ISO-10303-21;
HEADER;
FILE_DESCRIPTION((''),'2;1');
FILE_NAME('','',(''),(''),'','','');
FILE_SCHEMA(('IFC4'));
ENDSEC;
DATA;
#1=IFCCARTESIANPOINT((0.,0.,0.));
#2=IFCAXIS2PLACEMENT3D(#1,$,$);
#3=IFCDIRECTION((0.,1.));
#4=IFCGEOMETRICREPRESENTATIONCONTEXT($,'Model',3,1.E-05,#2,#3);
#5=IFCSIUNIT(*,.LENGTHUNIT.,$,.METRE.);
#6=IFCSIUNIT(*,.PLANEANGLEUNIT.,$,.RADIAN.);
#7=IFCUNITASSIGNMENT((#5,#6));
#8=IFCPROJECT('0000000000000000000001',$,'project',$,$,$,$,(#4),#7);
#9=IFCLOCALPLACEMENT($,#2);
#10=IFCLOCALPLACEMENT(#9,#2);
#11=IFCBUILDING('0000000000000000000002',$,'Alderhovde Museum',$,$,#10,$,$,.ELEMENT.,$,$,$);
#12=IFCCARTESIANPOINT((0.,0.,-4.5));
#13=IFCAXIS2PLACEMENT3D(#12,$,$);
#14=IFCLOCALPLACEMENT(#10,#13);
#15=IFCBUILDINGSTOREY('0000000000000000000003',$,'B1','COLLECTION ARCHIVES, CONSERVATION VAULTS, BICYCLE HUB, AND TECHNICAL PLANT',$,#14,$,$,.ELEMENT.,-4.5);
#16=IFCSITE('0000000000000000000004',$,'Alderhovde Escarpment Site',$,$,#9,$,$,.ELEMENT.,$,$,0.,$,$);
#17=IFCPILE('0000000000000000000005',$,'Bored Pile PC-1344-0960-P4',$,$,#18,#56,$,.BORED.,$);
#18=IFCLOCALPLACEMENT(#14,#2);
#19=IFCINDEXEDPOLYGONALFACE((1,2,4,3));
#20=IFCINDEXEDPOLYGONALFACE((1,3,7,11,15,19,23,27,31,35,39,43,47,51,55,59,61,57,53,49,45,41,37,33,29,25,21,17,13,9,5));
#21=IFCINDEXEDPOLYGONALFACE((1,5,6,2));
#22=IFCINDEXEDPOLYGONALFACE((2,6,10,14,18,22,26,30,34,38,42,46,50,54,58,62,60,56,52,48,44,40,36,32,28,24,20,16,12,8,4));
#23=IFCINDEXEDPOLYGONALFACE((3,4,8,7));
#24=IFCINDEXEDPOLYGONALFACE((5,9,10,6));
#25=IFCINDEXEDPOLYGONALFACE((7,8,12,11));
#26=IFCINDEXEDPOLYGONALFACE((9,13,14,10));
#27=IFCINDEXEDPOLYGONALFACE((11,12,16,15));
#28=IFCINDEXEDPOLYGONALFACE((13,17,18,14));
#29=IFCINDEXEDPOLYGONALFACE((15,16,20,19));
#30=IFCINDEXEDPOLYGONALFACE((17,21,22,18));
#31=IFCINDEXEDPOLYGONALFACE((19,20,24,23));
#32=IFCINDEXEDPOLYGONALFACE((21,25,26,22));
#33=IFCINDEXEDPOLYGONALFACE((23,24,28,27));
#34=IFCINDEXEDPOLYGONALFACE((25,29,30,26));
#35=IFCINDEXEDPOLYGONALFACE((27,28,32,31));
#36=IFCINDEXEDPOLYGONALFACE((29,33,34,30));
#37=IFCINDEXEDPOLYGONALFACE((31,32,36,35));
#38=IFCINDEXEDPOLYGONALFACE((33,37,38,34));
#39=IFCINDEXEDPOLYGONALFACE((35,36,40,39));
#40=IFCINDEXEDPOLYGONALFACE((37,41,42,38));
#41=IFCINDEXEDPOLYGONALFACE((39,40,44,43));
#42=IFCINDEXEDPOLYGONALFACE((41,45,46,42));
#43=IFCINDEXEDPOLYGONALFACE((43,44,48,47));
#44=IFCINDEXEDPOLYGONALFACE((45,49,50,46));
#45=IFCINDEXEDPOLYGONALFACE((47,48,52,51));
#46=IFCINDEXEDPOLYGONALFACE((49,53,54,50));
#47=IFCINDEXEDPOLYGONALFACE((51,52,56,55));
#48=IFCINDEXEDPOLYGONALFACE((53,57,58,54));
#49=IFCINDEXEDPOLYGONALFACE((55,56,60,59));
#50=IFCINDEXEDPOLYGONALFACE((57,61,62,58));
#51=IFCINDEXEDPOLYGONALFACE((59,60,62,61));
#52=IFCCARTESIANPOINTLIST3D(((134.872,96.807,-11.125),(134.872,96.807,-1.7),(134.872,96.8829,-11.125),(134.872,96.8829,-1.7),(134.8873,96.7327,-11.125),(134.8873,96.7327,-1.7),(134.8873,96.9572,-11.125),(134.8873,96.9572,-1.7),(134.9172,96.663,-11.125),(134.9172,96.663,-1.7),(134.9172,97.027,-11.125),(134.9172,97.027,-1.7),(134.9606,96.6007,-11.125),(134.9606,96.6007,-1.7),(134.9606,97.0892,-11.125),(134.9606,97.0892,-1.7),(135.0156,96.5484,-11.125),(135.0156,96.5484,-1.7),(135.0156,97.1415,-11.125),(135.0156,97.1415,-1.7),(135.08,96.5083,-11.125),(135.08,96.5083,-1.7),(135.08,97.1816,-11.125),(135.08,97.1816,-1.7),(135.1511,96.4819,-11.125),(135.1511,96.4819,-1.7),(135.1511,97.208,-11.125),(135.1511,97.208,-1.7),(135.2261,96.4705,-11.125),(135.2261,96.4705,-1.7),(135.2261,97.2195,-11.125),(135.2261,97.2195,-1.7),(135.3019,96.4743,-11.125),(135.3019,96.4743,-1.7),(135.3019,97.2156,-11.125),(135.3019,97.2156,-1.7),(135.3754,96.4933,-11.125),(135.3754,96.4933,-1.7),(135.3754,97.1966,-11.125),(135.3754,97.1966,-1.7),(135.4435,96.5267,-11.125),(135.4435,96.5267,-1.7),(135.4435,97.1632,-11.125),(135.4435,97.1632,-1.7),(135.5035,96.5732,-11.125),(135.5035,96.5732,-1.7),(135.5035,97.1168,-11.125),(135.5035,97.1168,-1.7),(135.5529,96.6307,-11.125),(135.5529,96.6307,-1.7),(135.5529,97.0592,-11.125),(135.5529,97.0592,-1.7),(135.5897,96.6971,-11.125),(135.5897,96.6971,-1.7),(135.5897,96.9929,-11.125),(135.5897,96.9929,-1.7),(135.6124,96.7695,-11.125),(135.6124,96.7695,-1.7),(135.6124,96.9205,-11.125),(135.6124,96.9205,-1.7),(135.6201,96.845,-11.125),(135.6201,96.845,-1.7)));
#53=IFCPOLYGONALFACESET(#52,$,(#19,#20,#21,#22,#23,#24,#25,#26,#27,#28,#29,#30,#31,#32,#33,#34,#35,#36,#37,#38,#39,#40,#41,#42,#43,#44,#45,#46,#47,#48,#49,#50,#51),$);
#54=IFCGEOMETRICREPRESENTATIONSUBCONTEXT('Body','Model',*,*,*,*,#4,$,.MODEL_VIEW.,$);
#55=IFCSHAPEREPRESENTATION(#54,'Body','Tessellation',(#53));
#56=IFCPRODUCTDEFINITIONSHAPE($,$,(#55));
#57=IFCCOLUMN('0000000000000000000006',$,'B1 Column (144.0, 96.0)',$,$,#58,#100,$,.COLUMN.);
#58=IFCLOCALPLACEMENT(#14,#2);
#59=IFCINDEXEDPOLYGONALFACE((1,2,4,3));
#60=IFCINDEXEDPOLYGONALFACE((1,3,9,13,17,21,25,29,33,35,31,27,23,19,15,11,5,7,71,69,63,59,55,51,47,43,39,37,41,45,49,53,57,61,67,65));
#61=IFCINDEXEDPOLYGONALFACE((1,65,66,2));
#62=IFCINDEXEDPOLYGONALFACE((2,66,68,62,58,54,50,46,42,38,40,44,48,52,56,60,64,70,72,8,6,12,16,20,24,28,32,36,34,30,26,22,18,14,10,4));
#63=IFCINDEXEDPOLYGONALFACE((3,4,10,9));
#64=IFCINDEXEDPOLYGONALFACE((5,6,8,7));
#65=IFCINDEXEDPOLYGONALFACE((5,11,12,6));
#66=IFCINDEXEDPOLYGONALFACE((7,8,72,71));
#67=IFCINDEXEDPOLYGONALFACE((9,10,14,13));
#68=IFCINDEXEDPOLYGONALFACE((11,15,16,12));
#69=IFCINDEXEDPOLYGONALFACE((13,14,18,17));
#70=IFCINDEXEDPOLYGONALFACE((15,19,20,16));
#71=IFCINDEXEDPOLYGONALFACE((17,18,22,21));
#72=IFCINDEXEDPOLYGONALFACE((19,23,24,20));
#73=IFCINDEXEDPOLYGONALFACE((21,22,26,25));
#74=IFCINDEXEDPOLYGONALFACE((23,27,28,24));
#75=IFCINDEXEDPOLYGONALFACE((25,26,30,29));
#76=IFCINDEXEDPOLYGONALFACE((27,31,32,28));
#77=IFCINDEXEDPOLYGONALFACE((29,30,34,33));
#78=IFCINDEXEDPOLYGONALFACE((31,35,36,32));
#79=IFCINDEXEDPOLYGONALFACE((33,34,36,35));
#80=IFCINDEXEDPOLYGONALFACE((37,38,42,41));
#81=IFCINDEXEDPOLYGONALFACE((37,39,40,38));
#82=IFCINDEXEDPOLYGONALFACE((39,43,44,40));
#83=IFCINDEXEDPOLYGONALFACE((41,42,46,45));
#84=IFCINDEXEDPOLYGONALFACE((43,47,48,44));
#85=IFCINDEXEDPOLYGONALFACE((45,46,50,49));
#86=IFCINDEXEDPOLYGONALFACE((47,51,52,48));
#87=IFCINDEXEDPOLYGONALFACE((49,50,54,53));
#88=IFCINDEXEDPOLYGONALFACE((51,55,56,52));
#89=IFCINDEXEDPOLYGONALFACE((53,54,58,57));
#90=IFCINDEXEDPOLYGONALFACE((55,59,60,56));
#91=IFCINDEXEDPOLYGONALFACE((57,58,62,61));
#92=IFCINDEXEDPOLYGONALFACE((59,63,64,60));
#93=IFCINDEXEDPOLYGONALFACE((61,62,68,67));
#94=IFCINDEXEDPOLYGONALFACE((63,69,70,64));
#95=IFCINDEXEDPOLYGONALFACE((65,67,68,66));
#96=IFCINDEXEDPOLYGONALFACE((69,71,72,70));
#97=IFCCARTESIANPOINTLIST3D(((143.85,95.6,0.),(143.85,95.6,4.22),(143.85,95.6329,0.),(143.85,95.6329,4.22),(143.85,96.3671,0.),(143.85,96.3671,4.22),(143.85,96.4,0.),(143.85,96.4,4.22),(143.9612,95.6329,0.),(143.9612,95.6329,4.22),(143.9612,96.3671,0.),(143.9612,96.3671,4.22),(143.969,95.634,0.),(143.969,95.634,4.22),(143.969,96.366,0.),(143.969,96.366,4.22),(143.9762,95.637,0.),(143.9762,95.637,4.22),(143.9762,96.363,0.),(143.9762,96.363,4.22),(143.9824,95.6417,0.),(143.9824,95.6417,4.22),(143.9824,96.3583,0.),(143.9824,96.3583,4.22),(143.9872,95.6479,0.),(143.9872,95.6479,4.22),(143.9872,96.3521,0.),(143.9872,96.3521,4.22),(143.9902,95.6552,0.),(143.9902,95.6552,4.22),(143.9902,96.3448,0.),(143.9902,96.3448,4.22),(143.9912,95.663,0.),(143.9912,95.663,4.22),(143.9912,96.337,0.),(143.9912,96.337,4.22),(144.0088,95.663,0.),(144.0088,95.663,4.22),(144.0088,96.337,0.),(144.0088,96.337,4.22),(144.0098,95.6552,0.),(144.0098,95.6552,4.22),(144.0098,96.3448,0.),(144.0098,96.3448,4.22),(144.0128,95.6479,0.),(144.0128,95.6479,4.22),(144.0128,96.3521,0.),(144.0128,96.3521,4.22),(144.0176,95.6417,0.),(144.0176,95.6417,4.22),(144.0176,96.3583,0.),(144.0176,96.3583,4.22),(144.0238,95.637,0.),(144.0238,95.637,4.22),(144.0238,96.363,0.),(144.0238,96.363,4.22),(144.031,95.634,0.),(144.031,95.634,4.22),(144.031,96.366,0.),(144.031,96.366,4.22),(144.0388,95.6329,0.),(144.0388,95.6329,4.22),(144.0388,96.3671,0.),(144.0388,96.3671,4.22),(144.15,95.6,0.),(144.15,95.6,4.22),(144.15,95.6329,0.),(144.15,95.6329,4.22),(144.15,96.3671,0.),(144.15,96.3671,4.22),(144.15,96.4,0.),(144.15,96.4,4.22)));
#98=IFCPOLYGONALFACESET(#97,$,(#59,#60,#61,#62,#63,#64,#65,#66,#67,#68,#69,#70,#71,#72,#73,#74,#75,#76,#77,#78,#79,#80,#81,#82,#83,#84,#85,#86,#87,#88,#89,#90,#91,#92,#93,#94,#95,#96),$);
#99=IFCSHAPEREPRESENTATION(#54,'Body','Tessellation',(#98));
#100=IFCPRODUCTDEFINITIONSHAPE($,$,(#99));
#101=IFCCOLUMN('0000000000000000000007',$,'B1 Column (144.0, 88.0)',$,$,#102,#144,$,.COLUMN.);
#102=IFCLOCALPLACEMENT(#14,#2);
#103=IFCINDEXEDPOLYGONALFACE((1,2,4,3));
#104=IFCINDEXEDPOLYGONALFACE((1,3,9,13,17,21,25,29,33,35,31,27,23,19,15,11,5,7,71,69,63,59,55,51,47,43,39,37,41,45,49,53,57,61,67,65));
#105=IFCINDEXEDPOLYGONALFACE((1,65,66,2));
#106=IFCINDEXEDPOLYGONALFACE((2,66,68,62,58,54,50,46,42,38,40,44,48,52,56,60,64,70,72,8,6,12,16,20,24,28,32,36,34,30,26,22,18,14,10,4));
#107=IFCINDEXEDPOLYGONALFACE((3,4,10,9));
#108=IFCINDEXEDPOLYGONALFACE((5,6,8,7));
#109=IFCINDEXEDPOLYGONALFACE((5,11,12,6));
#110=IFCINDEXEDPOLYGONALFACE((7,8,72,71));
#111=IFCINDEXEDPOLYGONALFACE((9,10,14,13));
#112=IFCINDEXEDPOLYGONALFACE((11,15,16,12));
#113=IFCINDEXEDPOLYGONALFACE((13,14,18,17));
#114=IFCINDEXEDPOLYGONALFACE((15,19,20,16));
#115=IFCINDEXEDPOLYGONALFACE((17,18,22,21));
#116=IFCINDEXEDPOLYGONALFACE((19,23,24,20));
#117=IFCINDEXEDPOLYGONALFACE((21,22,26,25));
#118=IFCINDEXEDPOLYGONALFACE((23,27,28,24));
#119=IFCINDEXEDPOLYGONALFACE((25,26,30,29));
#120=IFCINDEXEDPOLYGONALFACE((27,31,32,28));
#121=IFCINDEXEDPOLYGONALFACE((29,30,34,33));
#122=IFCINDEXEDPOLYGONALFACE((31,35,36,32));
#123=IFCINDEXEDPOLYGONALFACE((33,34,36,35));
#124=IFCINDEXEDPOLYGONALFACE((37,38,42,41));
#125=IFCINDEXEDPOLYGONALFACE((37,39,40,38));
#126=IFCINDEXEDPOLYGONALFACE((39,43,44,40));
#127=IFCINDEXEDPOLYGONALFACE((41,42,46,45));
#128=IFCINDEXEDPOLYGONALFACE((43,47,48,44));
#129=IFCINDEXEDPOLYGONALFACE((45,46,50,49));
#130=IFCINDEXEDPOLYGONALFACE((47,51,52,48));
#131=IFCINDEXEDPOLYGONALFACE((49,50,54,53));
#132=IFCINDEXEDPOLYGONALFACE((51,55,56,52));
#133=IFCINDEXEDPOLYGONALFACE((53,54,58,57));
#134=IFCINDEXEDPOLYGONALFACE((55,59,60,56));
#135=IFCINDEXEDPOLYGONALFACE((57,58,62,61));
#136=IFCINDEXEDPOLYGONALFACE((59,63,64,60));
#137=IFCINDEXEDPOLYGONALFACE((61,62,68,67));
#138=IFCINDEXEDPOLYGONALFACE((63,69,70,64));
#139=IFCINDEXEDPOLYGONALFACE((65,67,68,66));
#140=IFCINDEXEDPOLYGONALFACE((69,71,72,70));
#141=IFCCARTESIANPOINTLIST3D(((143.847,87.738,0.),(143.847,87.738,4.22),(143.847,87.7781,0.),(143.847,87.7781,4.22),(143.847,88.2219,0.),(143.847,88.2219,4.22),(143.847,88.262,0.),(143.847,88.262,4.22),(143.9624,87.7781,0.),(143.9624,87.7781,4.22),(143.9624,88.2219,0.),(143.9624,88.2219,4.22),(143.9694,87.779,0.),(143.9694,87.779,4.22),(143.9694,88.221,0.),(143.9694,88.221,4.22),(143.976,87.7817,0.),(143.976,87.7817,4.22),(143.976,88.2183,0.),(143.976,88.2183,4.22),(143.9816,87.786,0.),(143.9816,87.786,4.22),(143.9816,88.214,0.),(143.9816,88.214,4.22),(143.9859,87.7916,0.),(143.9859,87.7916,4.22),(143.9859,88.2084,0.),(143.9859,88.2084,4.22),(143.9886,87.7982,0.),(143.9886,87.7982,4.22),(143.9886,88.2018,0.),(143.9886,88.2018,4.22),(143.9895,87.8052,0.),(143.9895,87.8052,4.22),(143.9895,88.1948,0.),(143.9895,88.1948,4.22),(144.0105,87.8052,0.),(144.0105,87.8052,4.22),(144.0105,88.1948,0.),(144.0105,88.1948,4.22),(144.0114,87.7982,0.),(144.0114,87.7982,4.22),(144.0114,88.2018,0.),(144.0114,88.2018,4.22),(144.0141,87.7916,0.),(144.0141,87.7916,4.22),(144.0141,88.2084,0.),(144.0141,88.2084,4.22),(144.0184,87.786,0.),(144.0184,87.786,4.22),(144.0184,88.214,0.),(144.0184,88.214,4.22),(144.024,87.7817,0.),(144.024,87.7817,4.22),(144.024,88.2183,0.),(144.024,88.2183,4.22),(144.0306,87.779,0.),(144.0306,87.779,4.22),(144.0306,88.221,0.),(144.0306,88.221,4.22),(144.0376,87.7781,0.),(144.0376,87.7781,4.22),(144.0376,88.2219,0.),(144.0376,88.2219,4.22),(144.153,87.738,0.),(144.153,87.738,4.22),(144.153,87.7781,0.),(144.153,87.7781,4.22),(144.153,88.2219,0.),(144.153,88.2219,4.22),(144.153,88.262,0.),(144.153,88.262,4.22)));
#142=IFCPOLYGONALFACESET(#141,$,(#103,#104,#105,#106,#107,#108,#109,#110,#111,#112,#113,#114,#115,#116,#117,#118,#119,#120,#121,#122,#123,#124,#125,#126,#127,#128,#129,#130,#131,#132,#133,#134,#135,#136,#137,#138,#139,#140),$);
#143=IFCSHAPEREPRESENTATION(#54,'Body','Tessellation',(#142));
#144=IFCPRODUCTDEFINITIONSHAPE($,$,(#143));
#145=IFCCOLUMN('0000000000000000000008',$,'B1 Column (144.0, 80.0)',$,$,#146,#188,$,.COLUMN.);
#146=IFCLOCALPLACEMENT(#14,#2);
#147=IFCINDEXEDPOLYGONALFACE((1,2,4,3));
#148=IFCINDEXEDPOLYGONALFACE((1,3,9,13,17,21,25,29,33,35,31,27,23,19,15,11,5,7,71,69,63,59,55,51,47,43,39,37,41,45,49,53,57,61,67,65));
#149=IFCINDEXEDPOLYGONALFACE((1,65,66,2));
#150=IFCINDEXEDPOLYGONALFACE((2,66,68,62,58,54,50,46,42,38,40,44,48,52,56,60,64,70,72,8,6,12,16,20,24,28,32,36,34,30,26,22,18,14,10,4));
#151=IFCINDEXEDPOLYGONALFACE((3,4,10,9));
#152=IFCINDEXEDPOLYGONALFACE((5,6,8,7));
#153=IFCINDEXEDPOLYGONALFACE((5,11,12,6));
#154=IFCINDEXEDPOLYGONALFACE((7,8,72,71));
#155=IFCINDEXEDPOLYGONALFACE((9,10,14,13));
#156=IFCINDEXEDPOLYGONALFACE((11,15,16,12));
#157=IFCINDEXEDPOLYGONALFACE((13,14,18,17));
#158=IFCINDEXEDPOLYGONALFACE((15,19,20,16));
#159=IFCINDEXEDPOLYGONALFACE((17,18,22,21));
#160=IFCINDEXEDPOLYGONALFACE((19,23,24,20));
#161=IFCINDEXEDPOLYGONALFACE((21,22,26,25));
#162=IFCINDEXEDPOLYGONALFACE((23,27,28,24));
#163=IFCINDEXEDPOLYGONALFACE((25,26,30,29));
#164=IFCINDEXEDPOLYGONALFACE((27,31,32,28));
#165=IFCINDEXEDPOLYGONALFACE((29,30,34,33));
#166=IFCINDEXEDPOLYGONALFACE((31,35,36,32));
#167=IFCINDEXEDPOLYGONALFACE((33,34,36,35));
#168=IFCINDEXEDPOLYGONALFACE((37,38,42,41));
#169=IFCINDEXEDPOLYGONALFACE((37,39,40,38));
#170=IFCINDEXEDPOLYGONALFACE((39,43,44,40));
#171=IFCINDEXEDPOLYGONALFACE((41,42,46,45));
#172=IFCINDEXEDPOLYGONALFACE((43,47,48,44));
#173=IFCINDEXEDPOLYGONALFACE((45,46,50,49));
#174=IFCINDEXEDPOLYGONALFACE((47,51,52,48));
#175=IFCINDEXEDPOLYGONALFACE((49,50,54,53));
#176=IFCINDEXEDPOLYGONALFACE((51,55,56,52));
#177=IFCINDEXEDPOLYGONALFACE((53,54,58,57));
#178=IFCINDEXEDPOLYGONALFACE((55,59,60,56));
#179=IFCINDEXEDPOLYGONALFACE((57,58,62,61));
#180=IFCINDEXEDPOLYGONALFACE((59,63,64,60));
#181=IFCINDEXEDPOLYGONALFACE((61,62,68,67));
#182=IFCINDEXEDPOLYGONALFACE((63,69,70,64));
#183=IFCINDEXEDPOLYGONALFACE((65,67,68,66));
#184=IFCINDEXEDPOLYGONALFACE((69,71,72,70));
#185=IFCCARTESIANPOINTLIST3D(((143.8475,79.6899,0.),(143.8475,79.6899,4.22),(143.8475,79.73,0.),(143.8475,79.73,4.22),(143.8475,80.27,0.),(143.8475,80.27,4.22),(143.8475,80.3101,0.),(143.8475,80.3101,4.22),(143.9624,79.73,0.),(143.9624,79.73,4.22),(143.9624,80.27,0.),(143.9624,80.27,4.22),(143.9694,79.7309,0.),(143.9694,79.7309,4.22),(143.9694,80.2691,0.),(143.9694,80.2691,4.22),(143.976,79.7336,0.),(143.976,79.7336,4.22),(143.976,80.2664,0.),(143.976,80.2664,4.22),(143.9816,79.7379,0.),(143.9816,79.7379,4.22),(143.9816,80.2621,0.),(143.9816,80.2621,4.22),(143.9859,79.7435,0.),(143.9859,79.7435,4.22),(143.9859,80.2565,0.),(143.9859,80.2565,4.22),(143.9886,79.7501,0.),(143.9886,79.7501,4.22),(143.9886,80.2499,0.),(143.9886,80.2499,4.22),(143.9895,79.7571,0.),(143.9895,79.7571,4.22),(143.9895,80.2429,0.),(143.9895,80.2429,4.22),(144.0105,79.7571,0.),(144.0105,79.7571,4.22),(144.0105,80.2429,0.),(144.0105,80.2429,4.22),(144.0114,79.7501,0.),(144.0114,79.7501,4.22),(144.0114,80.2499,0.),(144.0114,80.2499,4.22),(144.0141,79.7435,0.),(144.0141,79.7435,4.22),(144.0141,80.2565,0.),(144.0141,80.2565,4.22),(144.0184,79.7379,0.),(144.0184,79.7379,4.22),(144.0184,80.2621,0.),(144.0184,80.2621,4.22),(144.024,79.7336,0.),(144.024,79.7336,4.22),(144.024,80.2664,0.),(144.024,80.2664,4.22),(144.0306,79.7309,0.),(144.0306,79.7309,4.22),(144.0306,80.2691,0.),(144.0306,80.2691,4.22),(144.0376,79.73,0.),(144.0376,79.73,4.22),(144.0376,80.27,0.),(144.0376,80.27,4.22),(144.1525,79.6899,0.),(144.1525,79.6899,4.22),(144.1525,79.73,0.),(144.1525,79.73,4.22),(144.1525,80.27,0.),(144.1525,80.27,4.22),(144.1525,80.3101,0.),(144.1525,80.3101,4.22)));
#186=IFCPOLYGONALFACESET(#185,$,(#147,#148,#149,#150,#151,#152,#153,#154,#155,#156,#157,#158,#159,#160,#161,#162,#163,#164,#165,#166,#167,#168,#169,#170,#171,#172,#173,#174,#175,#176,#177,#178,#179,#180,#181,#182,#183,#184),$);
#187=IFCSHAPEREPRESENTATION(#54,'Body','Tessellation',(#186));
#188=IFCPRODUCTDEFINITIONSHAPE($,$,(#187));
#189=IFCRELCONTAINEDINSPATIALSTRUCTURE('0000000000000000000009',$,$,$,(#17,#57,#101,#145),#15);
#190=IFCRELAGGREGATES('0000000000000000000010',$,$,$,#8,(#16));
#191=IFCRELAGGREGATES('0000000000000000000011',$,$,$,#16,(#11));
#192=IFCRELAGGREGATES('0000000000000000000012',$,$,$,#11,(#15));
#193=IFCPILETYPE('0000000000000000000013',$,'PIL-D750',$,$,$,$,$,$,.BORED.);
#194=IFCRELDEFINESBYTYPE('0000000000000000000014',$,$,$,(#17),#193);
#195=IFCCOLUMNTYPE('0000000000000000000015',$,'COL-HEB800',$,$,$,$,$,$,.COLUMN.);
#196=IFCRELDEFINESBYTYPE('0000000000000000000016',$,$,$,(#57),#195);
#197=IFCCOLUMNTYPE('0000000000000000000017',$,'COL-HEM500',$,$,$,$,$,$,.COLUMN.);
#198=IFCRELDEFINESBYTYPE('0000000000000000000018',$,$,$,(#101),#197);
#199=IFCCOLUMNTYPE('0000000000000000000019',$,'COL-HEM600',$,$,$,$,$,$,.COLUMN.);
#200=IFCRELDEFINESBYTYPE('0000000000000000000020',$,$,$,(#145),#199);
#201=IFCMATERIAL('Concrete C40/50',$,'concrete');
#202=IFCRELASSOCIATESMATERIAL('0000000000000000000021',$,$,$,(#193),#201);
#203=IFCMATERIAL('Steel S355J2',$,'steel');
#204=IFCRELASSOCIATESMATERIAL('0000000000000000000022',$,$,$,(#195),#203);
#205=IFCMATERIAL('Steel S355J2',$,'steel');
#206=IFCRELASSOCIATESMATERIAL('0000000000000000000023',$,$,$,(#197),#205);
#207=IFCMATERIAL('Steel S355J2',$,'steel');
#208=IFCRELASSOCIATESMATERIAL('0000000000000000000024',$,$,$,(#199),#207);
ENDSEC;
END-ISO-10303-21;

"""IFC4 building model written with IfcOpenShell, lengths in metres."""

from ifc_helpers import new_model, si_unit, direction, frame, origin, origin_2d, place, context, subcontext, project, spatial, circle, i_section, extrude, material, material_profile, profile_set, type_object, element, save


model = new_model("IFC4")

# Units and contexts
model_context = context("Model", 3, precision=1e-05, world=origin(), true_north=direction((0.0, 1.0)))
body_context = subcontext(model_context, "Body", "Model", "MODEL_VIEW")
ifc_project = project(units=[si_unit("LENGTHUNIT", "METRE"), si_unit("PLANEANGLEUNIT", "RADIAN")], contexts=[model_context])

# Site, building, storey
site_placement = place(None, origin())
site = spatial("IfcSite", under=ifc_project, at=site_placement, Name="Alderhovde Escarpment Site", CompositionType="ELEMENT", RefElevation=0.0)
building_placement = place(site_placement, origin())
building = spatial("IfcBuilding", under=site, at=building_placement, Name="Alderhovde Museum", CompositionType="ELEMENT")
storey_placement = place(building_placement, frame((0.0, 0.0, -4.5)))
storey = spatial("IfcBuildingStorey", under=building, at=storey_placement, Name="B1", Description="COLLECTION ARCHIVES, CONSERVATION VAULTS, BICYCLE HUB, AND TECHNICAL PLANT", CompositionType="ELEMENT", Elevation=-4.5)

# Pile
ifc_material_1 = material(Name="Concrete C40/50", Category="concrete")
ifc_material_profile_1 = material_profile(ifc_material_1, circle(Radius=0.375, at=origin_2d()), Name="PILE-D750")
ifc_profile_set_1 = profile_set([ifc_material_profile_1], Name="Concrete C40/50")
pile_type_1 = type_object("IfcPileType", Name="PIL-D750", PredefinedType="BORED", material=ifc_profile_set_1)
for number, where, z_axis, x_axis, name in (
    (1, (135.2451, 96.845, -1.7), (0.0, 0.0, -1.0), (1.0, 0.0, 0.0), "Bored Pile PC-1344-0960-P4"),
):
    element("IfcPile", number, at=place(storey_placement, frame(where, z_axis=z_axis, x_axis=x_axis)), inside=storey, type_object=pile_type_1, Name=name, PredefinedType="BORED", context=body_context, shape_type="SweptSolid", body=[
        extrude(circle(Radius=0.375, at=origin_2d()), origin(), (0.0, 0.0, 1.0), 9.425),
    ])

# Columns
ifc_material_2 = material(Name="Steel S355J2", Category="steel")
ifc_material_profile_2 = material_profile(ifc_material_2, i_section(OverallWidth=0.3, OverallDepth=0.8, WebThickness=0.0176, FlangeThickness=0.033, FilletRadius=0.03, at=origin_2d()), Name="HEB 800")
ifc_profile_set_2 = profile_set([ifc_material_profile_2], Name="Steel S355J2")
column_type_1 = type_object("IfcColumnType", Name="COL-HEB800", PredefinedType="COLUMN", material=ifc_profile_set_2)
column_1_placement = place(storey_placement, frame((144.0, 96.0, 0.0), z_axis=(0.0, 0.0, 1.0), x_axis=(1.0, 0.0, 0.0)))
element("IfcColumn", 2, at=column_1_placement, inside=storey, type_object=column_type_1, Name="B1 Column (144.0, 96.0)", PredefinedType="COLUMN", context=body_context, shape_type="SweptSolid", body=[
    extrude(i_section(OverallWidth=0.3, OverallDepth=0.8, WebThickness=0.0176, FlangeThickness=0.033, FilletRadius=0.03, at=origin_2d()), origin(), (0.0, 0.0, 1.0), 4.22),
])
ifc_material_3 = material(Name="Steel S355J2", Category="steel")
ifc_material_profile_3 = material_profile(ifc_material_3, i_section(OverallWidth=0.3059, OverallDepth=0.5239, WebThickness=0.021, FlangeThickness=0.04, FilletRadius=0.0271, at=origin_2d()), Name="HEM 500")
ifc_profile_set_3 = profile_set([ifc_material_profile_3], Name="Steel S355J2")
column_type_2 = type_object("IfcColumnType", Name="COL-HEM500", PredefinedType="COLUMN", material=ifc_profile_set_3)
column_2_placement = place(storey_placement, frame((144.0, 88.0, 0.0), z_axis=(0.0, 0.0, 1.0), x_axis=(1.0, 0.0, 0.0)))
element("IfcColumn", 3, at=column_2_placement, inside=storey, type_object=column_type_2, Name="B1 Column (144.0, 88.0)", PredefinedType="COLUMN", context=body_context, shape_type="SweptSolid", body=[
    extrude(i_section(OverallWidth=0.3059, OverallDepth=0.5239, WebThickness=0.021, FlangeThickness=0.04, FilletRadius=0.0271, at=origin_2d()), origin(), (0.0, 0.0, 1.0), 4.22),
])
ifc_material_4 = material(Name="Steel S355J2", Category="steel")
ifc_material_profile_4 = material_profile(ifc_material_4, i_section(OverallWidth=0.3049, OverallDepth=0.6201, WebThickness=0.021, FlangeThickness=0.04, FilletRadius=0.0271, at=origin_2d()), Name="HEM 600")
ifc_profile_set_4 = profile_set([ifc_material_profile_4], Name="Steel S355J2")
column_type_3 = type_object("IfcColumnType", Name="COL-HEM600", PredefinedType="COLUMN", material=ifc_profile_set_4)
column_3_placement = place(storey_placement, frame((144.0, 80.0, 0.0), z_axis=(0.0, 0.0, 1.0), x_axis=(1.0, 0.0, 0.0)))
element("IfcColumn", 4, at=column_3_placement, inside=storey, type_object=column_type_3, Name="B1 Column (144.0, 80.0)", PredefinedType="COLUMN", context=body_context, shape_type="SweptSolid", body=[
    extrude(i_section(OverallWidth=0.3049, OverallDepth=0.6201, WebThickness=0.021, FlangeThickness=0.04, FilletRadius=0.0271, at=origin_2d()), origin(), (0.0, 0.0, 1.0), 4.22),
])

save(model, "model.ifc")
